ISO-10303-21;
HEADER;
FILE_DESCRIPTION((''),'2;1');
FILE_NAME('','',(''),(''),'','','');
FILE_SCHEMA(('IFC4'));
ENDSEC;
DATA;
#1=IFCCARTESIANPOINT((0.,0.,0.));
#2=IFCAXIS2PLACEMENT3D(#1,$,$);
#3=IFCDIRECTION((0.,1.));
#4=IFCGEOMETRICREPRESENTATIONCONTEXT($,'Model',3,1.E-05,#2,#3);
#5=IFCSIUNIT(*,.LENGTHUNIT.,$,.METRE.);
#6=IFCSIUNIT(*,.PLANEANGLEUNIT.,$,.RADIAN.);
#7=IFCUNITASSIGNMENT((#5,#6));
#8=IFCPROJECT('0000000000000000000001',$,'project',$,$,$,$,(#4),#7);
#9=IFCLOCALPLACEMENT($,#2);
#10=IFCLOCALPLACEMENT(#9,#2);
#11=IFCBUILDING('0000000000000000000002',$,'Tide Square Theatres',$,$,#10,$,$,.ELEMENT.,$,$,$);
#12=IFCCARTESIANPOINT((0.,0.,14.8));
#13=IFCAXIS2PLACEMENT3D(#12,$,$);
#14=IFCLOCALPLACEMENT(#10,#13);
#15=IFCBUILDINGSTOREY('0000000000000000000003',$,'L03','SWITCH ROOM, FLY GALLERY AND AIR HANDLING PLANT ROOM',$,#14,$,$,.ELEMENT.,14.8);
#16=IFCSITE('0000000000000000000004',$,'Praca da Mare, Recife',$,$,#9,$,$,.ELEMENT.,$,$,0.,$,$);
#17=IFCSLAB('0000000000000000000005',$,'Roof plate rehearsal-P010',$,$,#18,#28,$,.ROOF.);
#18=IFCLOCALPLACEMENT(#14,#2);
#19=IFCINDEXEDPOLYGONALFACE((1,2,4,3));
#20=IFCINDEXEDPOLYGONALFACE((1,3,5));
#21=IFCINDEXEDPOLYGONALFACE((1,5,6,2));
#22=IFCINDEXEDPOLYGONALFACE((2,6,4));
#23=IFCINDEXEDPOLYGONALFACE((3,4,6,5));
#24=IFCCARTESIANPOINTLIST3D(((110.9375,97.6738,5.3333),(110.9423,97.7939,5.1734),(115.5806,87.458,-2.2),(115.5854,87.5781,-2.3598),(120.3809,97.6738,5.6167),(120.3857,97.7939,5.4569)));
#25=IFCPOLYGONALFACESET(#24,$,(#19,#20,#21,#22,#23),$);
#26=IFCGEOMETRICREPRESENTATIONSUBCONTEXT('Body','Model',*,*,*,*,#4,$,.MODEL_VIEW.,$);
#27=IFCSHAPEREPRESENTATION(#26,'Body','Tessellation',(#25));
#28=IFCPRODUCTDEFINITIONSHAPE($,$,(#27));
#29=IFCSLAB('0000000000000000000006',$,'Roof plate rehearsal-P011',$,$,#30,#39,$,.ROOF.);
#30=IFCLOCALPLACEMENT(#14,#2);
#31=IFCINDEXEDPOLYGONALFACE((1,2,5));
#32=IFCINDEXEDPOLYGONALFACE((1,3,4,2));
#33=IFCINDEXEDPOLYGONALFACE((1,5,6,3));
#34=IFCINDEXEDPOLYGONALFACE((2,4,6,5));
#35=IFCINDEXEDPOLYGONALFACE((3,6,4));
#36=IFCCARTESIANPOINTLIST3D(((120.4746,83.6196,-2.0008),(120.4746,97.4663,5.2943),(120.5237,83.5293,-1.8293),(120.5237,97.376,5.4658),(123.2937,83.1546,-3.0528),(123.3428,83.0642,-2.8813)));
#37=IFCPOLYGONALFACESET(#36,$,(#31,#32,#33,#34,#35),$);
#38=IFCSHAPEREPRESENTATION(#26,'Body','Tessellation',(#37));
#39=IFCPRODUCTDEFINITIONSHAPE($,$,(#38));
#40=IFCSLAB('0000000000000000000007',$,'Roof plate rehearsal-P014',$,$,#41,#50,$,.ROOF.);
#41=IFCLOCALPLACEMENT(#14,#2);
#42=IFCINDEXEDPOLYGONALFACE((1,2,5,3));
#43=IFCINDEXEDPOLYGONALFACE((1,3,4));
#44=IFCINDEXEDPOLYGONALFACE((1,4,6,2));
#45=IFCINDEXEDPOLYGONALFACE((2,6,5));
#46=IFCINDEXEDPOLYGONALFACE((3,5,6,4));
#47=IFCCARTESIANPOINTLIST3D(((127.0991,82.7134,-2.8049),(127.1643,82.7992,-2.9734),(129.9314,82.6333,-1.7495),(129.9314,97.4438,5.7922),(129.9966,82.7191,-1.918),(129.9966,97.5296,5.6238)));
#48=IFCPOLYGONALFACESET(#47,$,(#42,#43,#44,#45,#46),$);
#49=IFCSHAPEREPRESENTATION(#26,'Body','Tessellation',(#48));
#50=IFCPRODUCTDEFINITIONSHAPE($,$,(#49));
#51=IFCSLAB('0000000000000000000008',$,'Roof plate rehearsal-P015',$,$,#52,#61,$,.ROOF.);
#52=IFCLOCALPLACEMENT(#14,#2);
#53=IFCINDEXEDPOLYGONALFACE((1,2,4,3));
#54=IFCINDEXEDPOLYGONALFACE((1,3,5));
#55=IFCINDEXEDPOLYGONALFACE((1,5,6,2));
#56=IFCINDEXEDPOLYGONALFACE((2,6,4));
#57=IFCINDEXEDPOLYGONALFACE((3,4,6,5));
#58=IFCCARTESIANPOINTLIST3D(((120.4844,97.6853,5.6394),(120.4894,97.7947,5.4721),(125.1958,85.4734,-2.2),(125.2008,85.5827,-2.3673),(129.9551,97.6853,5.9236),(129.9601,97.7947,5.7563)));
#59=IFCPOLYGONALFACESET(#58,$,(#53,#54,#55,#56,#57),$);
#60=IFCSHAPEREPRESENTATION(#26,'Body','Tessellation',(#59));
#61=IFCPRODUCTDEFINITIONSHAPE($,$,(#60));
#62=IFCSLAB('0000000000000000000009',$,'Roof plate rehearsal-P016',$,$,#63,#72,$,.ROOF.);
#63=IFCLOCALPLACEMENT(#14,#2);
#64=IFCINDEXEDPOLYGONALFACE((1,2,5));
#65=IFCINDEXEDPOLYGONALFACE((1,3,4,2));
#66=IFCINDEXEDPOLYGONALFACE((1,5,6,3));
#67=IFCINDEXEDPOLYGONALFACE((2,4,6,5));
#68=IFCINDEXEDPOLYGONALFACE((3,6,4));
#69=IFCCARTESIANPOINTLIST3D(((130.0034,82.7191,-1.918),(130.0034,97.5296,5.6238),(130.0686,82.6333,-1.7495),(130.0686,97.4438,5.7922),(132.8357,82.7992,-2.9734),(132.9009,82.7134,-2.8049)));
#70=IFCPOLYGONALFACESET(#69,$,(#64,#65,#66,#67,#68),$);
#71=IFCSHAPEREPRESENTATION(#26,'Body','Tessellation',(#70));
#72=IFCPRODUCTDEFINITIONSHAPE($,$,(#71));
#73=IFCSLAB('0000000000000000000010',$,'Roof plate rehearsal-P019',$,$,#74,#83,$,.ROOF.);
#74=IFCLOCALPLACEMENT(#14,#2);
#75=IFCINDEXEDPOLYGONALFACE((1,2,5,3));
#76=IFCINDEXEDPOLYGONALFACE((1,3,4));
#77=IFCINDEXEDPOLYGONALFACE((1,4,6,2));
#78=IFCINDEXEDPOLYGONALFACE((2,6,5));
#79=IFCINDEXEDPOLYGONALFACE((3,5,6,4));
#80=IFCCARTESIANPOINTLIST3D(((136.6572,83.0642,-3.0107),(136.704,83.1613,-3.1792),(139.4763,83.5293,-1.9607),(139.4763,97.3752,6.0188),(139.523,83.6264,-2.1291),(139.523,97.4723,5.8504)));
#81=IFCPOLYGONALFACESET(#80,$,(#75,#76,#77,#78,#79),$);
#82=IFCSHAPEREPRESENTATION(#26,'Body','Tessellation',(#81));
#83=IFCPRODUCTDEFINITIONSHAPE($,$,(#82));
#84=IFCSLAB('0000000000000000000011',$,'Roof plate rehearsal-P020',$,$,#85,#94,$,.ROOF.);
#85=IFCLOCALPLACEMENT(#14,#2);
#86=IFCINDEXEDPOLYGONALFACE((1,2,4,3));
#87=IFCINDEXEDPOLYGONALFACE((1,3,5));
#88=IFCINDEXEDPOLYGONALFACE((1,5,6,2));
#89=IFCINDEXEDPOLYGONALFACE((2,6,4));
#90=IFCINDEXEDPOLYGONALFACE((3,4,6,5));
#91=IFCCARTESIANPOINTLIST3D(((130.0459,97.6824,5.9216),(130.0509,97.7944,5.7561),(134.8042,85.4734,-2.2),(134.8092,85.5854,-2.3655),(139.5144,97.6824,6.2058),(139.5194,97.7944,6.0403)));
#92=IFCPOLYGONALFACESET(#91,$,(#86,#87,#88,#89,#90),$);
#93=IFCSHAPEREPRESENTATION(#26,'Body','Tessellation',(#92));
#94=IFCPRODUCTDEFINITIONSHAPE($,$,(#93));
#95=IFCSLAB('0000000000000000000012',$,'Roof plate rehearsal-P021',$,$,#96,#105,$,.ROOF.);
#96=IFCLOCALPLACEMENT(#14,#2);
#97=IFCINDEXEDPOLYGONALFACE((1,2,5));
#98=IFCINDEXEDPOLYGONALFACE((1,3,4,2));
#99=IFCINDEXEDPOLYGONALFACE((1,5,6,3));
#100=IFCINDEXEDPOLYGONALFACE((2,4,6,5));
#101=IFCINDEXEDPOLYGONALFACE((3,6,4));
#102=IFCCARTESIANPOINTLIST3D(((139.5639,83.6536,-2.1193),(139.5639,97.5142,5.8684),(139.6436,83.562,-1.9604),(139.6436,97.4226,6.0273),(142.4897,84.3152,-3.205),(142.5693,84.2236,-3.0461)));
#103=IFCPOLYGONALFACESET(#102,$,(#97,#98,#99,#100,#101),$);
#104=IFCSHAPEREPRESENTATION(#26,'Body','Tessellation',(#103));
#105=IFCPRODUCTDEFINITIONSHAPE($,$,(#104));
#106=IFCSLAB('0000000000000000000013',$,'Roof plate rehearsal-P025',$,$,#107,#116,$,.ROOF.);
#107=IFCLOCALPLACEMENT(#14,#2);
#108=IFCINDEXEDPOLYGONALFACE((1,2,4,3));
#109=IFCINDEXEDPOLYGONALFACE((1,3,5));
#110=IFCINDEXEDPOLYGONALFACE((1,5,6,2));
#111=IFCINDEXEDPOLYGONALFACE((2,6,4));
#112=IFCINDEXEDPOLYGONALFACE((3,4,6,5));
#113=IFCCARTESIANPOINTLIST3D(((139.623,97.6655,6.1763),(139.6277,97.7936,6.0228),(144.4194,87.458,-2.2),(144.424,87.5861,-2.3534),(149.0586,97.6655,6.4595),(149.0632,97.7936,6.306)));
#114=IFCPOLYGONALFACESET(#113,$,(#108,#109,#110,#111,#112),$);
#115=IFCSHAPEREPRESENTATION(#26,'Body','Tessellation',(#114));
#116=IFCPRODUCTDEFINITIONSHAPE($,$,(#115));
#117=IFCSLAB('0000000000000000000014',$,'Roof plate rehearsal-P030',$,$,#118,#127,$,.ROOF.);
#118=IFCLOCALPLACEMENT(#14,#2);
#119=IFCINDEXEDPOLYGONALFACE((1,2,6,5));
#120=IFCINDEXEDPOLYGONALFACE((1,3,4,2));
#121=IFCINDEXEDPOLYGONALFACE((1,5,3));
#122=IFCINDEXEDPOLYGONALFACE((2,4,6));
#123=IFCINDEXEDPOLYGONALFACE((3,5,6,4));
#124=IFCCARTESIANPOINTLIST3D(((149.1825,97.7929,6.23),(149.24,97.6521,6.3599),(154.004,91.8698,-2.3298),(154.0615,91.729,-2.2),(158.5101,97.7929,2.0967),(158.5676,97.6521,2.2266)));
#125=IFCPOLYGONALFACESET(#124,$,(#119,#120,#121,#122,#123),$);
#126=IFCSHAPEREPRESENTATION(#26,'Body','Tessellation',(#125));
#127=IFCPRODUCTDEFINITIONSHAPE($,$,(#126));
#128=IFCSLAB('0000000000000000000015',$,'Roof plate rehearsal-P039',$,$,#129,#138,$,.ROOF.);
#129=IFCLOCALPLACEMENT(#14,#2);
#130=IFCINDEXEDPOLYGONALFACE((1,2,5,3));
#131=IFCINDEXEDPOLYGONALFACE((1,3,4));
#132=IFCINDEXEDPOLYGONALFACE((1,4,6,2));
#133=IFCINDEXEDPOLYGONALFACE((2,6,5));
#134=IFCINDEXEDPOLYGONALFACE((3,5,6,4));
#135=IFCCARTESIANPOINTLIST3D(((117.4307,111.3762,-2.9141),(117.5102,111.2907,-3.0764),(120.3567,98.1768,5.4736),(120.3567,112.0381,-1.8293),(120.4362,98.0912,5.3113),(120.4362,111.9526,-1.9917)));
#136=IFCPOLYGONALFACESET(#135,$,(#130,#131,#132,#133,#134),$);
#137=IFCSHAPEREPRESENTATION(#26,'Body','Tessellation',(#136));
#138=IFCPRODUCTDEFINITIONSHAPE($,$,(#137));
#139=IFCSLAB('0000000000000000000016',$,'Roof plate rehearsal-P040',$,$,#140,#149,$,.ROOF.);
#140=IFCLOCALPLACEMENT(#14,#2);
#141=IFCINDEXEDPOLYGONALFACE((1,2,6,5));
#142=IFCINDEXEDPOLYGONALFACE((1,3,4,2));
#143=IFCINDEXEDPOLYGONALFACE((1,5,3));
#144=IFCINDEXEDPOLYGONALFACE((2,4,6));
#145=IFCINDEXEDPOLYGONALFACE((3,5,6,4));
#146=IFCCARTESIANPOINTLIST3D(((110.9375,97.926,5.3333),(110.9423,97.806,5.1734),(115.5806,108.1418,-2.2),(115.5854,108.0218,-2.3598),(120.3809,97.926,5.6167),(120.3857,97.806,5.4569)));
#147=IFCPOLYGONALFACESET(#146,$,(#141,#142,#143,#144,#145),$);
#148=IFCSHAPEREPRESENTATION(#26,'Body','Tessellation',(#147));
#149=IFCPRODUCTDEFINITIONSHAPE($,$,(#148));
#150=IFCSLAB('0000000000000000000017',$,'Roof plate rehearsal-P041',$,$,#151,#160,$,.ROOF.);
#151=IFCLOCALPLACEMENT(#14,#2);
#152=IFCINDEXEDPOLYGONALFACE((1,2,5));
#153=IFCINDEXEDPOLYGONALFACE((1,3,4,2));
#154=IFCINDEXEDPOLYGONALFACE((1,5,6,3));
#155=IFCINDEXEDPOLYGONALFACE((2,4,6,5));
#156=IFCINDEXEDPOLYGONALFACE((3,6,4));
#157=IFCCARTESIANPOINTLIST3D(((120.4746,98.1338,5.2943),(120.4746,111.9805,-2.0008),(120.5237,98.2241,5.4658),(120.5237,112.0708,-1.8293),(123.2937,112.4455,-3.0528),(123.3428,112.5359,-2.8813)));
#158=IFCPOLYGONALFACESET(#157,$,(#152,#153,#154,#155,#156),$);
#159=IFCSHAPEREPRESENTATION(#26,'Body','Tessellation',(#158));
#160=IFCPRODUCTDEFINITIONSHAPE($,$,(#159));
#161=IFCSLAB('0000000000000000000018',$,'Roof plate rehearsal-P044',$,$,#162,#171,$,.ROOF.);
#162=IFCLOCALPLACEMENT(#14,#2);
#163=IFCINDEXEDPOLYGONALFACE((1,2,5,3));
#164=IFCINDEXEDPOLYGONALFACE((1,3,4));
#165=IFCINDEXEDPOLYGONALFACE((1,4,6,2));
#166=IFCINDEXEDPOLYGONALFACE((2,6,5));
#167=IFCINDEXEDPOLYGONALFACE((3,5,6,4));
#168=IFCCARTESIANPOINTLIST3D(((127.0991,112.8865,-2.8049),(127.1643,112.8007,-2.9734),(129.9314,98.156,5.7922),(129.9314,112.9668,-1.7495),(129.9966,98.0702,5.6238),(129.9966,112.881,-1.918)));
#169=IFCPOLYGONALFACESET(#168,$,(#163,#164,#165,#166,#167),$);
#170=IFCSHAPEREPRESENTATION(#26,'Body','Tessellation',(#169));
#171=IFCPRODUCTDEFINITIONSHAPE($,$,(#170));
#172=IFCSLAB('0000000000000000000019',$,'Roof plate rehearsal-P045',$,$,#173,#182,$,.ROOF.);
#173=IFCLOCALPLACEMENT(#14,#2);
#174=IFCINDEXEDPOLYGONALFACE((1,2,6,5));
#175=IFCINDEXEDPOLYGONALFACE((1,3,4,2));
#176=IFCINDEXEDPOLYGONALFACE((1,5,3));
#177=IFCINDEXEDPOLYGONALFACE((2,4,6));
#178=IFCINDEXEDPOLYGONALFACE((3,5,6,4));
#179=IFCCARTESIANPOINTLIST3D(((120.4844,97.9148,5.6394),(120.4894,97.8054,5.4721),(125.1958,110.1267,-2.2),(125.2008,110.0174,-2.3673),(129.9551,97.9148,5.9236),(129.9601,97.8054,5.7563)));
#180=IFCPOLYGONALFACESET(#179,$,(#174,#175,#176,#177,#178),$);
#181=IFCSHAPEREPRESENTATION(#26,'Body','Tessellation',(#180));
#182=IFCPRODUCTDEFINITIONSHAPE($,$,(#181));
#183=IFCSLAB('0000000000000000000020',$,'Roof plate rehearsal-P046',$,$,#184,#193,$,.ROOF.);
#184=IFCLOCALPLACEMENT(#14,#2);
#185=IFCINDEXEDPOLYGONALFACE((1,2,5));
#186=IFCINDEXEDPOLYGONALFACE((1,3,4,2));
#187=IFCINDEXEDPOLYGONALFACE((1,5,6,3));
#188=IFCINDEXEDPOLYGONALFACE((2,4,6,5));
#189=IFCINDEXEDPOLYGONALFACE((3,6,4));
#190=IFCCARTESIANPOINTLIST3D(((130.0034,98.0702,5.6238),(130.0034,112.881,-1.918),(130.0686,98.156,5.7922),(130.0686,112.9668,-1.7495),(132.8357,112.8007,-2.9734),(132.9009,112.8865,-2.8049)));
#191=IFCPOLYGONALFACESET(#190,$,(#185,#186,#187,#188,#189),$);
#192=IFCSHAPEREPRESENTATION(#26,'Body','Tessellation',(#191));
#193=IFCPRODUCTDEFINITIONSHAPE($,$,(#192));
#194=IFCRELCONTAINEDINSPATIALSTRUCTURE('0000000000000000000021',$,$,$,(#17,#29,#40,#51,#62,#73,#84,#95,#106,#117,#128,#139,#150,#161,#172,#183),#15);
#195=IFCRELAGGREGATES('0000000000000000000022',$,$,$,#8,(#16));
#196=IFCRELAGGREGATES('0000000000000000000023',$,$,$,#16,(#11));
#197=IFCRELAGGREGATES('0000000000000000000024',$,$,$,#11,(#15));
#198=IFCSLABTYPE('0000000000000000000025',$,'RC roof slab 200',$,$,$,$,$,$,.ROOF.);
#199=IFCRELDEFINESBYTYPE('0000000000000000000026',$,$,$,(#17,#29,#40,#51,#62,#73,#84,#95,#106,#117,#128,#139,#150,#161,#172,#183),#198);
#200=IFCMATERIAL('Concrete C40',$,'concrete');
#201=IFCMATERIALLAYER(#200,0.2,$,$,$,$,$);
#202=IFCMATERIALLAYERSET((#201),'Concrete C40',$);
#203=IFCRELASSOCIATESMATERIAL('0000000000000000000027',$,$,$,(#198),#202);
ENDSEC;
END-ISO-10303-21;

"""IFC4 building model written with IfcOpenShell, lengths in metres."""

from ifc_helpers import new_model, si_unit, direction, frame, origin, place, context, subcontext, project, spatial, polyline, outline, extrude, material, layer, layer_set, type_object, element, save


model = new_model("IFC4")

# Units and contexts
model_context = context("Model", 3, precision=1e-05, world=origin(), true_north=direction((0.0, 1.0)))
body_context = subcontext(model_context, "Body", "Model", "MODEL_VIEW")
ifc_project = project(units=[si_unit("LENGTHUNIT", "METRE"), si_unit("PLANEANGLEUNIT", "RADIAN")], contexts=[model_context])

# Site, building, storey
site_placement = place(None, origin())
site = spatial("IfcSite", under=ifc_project, at=site_placement, Name="Praca da Mare, Recife", CompositionType="ELEMENT", RefElevation=0.0)
building_placement = place(site_placement, origin())
building = spatial("IfcBuilding", under=site, at=building_placement, Name="Tide Square Theatres", CompositionType="ELEMENT")
storey_placement = place(building_placement, frame((0.0, 0.0, 14.8)))
storey = spatial("IfcBuildingStorey", under=building, at=storey_placement, Name="L03", Description="SWITCH ROOM, FLY GALLERY AND AIR HANDLING PLANT ROOM", CompositionType="ELEMENT", Elevation=14.8)

# Slabs
ifc_material_1 = material(Name="Concrete C40", Category="concrete")
ifc_layer = layer(ifc_material_1, 0.2)
ifc_layer_set = layer_set([ifc_layer], Name="Concrete C40")
slab_type = type_object("IfcSlabType", Name="RC roof slab 200", PredefinedType="ROOF", material=ifc_layer_set)
slab_1_placement = place(storey_placement, frame((115.5806, 87.458, -2.2), z_axis=(-0.023993, -0.600363, 0.799368), x_axis=(0.349627, 0.744065, 0.569322)))
element("IfcSlab", 1, at=slab_1_placement, inside=storey, type_object=slab_type, Name="Roof plate rehearsal-P010", PredefinedType="ROOF", context=body_context, shape_type="SweptSolid", body=[
    extrude(outline(polyline([(0.0, 0.0), (13.7297, 0.0), (10.2667, 8.79), (0.0, 0.0)])), origin(), (0.0, 0.0, -1.0), 0.2),
])
slab_2_placement = place(storey_placement, frame((123.3428, 83.0642, -2.8813), z_axis=(0.245502, -0.451854, 0.857646), x_axis=(-0.167741, 0.851575, 0.496671)))
element("IfcSlab", 2, at=slab_2_placement, inside=storey, type_object=slab_type, Name="Roof plate rehearsal-P011", PredefinedType="ROOF", context=body_context, shape_type="SweptSolid", body=[
    extrude(outline(polyline([(0.0, 0.0), (16.8062, 0.0), (1.3914, 2.7082), (0.0, 0.0)])), origin(), (0.0, 0.0, -1.0), 0.2),
])
slab_3_placement = place(storey_placement, frame((127.0991, 82.7134, -2.8049), z_axis=(-0.326049, -0.428973, 0.842422), x_axis=(0.936725, -0.026484, 0.349062)))
element("IfcSlab", 3, at=slab_3_placement, inside=storey, type_object=slab_type, Name="Roof plate rehearsal-P014", PredefinedType="ROOF", context=body_context, shape_type="SweptSolid", body=[
    extrude(outline(polyline([(0.0, 0.0), (3.0236, 0.0), (5.2639, 16.4685), (0.0, 0.0)])), origin(), (0.0, 0.0, -1.0), 0.2),
])
slab_4_placement = place(storey_placement, frame((125.1958, 85.4734, -2.2), z_axis=(-0.02511, -0.546885, 0.836831), x_axis=(0.308645, 0.791958, 0.526821)))
element("IfcSlab", 4, at=slab_4_placement, inside=storey, type_object=slab_type, Name="Roof plate rehearsal-P015", PredefinedType="ROOF", context=body_context, shape_type="SweptSolid", body=[
    extrude(outline(polyline([(0.0, 0.0), (15.4199, 0.0), (12.3471, 8.9629), (0.0, 0.0)])), origin(), (0.0, 0.0, -1.0), 0.2),
])
slab_5_placement = place(storey_placement, frame((132.9009, 82.7134, -2.8049), z_axis=(0.326049, -0.428973, 0.842422), x_axis=(-0.163817, 0.851999, 0.497254)))
element("IfcSlab", 5, at=slab_5_placement, inside=storey, type_object=slab_type, Name="Roof plate rehearsal-P016", PredefinedType="ROOF", context=body_context, shape_type="SweptSolid", body=[
    extrude(outline(polyline([(0.0, 0.0), (17.2893, 0.0), (0.9206, 2.88), (0.0, 0.0)])), origin(), (0.0, 0.0, -1.0), 0.2),
])
slab_6_placement = place(storey_placement, frame((136.6572, 83.0642, -3.0107), z_axis=(-0.233689, -0.485495, 0.842427), x_axis=(0.926102, 0.152786, 0.344952)))
element("IfcSlab", 6, at=slab_6_placement, inside=storey, type_object=slab_type, Name="Roof plate rehearsal-P019", PredefinedType="ROOF", context=body_context, shape_type="SweptSolid", body=[
    extrude(outline(polyline([(0.0, 0.0), (3.044, 0.0), (7.9121, 15.2212), (0.0, 0.0)])), origin(), (0.0, 0.0, -1.0), 0.2),
])
slab_7_placement = place(storey_placement, frame((134.8042, 85.4734, -2.2), z_axis=(-0.024847, -0.560386, 0.827859), x_axis=(0.302845, 0.784982, 0.540452)))
element("IfcSlab", 7, at=slab_7_placement, inside=storey, type_object=slab_type, Name="Roof plate rehearsal-P020", PredefinedType="ROOF", context=body_context, shape_type="SweptSolid", body=[
    extrude(outline(polyline([(0.0, 0.0), (15.5532, 0.0), (12.5321, 8.9781), (0.0, 0.0)])), origin(), (0.0, 0.0, -1.0), 0.2),
])
slab_8_placement = place(storey_placement, frame((142.5693, 84.2236, -3.0461), z_axis=(0.398448, -0.457966, 0.794673), x_axis=(-0.179695, 0.810652, 0.557273)))
element("IfcSlab", 8, at=slab_8_placement, inside=storey, type_object=slab_type, Name="Roof plate rehearsal-P021", PredefinedType="ROOF", context=body_context, shape_type="SweptSolid", body=[
    extrude(outline(polyline([(0.0, 0.0), (16.2819, 0.0), (0.5944, 3.1342), (0.0, 0.0)])), origin(), (0.0, 0.0, -1.0), 0.2),
])
slab_9_placement = place(storey_placement, frame((144.4194, 87.458, -2.2), z_axis=(-0.023036, -0.640632, 0.767503), x_axis=(0.327465, 0.720519, 0.611244)))
element("IfcSlab", 9, at=slab_9_placement, inside=storey, type_object=slab_type, Name="Roof plate rehearsal-P025", PredefinedType="ROOF", context=body_context, shape_type="SweptSolid", body=[
    extrude(outline(polyline([(0.0, 0.0), (14.1669, 0.0), (10.904, 8.8579), (0.0, 0.0)])), origin(), (0.0, 0.0, -1.0), 0.2),
])
slab_10_placement = place(storey_placement, frame((154.0615, 91.729, -2.2), z_axis=(0.287696, -0.70407, 0.649244), x_axis=(0.520382, 0.684022, 0.511191)))
element("IfcSlab", 10, at=slab_10_placement, inside=storey, type_object=slab_type, Name="Roof plate rehearsal-P030", PredefinedType="ROOF", context=body_context, shape_type="SweptSolid", body=[
    extrude(outline(polyline([(0.0, 0.0), (8.6592, 0.0), (5.9182, 9.8273), (0.0, 0.0)])), origin(), (0.0, 0.0, -1.0), 0.2),
])
slab_11_placement = place(storey_placement, frame((117.4307, 111.3762, -2.9141), z_axis=(-0.39767, 0.427681, 0.811756), x_axis=(0.183906, -0.829612, 0.527183)))
element("IfcSlab", 11, at=slab_11_placement, inside=storey, type_object=slab_type, Name="Roof plate rehearsal-P039", PredefinedType="ROOF", context=body_context, shape_type="SweptSolid", body=[
    extrude(outline(polyline([(0.0, 0.0), (15.9104, 0.0), (0.5609, 3.1403), (0.0, 0.0)])), origin(), (0.0, 0.0, -1.0), 0.2),
])
slab_12_placement = place(storey_placement, frame((115.5806, 108.1418, -2.2), z_axis=(-0.023993, 0.600363, 0.799368), x_axis=(-0.343535, -0.755857, 0.557373)))
element("IfcSlab", 12, at=slab_12_placement, inside=storey, type_object=slab_type, Name="Roof plate rehearsal-P040", PredefinedType="ROOF", context=body_context, shape_type="SweptSolid", body=[
    extrude(outline(polyline([(0.0, 0.0), (13.5156, 0.0), (10.4294, 8.9293), (0.0, 0.0)])), origin(), (0.0, 0.0, -1.0), 0.2),
])
slab_13_placement = place(storey_placement, frame((123.3428, 112.5359, -2.8813), z_axis=(0.245502, 0.451854, 0.857646), x_axis=(-0.925897, -0.152752, 0.345517)))
element("IfcSlab", 13, at=slab_13_placement, inside=storey, type_object=slab_type, Name="Roof plate rehearsal-P041", PredefinedType="ROOF", context=body_context, shape_type="SweptSolid", body=[
    extrude(outline(polyline([(0.0, 0.0), (3.0447, 0.0), (7.6804, 14.9486), (0.0, 0.0)])), origin(), (0.0, 0.0, -1.0), 0.2),
])
slab_14_placement = place(storey_placement, frame((127.0991, 112.8865, -2.8049), z_axis=(-0.326083, 0.428963, 0.842414), x_axis=(0.163817, -0.851999, 0.497254)))
element("IfcSlab", 14, at=slab_14_placement, inside=storey, type_object=slab_type, Name="Roof plate rehearsal-P044", PredefinedType="ROOF", context=body_context, shape_type="SweptSolid", body=[
    extrude(outline(polyline([(0.0, 0.0), (17.2893, 0.0), (0.9204, 2.8801), (0.0, 0.0)])), origin(), (0.0, 0.0, -1.0), 0.2),
])
slab_15_placement = place(storey_placement, frame((125.1958, 110.1267, -2.2), z_axis=(-0.02511, 0.546885, 0.836831), x_axis=(-0.308799, -0.8004, 0.513812)))
element("IfcSlab", 15, at=slab_15_placement, inside=storey, type_object=slab_type, Name="Roof plate rehearsal-P045", PredefinedType="ROOF", context=body_context, shape_type="SweptSolid", body=[
    extrude(outline(polyline([(0.0, 0.0), (15.2573, 0.0), (12.4787, 9.0584), (0.0, 0.0)])), origin(), (0.0, 0.0, -1.0), 0.2),
])
slab_16_placement = place(storey_placement, frame((132.9009, 112.8865, -2.8049), z_axis=(0.326083, 0.428963, 0.842414), x_axis=(-0.936723, 0.026565, 0.349061)))
element("IfcSlab", 16, at=slab_16_placement, inside=storey, type_object=slab_type, Name="Roof plate rehearsal-P046", PredefinedType="ROOF", context=body_context, shape_type="SweptSolid", body=[
    extrude(outline(polyline([(0.0, 0.0), (3.0236, 0.0), (5.2627, 16.4689), (0.0, 0.0)])), origin(), (0.0, 0.0, -1.0), 0.2),
])

save(model, "model.ifc")
